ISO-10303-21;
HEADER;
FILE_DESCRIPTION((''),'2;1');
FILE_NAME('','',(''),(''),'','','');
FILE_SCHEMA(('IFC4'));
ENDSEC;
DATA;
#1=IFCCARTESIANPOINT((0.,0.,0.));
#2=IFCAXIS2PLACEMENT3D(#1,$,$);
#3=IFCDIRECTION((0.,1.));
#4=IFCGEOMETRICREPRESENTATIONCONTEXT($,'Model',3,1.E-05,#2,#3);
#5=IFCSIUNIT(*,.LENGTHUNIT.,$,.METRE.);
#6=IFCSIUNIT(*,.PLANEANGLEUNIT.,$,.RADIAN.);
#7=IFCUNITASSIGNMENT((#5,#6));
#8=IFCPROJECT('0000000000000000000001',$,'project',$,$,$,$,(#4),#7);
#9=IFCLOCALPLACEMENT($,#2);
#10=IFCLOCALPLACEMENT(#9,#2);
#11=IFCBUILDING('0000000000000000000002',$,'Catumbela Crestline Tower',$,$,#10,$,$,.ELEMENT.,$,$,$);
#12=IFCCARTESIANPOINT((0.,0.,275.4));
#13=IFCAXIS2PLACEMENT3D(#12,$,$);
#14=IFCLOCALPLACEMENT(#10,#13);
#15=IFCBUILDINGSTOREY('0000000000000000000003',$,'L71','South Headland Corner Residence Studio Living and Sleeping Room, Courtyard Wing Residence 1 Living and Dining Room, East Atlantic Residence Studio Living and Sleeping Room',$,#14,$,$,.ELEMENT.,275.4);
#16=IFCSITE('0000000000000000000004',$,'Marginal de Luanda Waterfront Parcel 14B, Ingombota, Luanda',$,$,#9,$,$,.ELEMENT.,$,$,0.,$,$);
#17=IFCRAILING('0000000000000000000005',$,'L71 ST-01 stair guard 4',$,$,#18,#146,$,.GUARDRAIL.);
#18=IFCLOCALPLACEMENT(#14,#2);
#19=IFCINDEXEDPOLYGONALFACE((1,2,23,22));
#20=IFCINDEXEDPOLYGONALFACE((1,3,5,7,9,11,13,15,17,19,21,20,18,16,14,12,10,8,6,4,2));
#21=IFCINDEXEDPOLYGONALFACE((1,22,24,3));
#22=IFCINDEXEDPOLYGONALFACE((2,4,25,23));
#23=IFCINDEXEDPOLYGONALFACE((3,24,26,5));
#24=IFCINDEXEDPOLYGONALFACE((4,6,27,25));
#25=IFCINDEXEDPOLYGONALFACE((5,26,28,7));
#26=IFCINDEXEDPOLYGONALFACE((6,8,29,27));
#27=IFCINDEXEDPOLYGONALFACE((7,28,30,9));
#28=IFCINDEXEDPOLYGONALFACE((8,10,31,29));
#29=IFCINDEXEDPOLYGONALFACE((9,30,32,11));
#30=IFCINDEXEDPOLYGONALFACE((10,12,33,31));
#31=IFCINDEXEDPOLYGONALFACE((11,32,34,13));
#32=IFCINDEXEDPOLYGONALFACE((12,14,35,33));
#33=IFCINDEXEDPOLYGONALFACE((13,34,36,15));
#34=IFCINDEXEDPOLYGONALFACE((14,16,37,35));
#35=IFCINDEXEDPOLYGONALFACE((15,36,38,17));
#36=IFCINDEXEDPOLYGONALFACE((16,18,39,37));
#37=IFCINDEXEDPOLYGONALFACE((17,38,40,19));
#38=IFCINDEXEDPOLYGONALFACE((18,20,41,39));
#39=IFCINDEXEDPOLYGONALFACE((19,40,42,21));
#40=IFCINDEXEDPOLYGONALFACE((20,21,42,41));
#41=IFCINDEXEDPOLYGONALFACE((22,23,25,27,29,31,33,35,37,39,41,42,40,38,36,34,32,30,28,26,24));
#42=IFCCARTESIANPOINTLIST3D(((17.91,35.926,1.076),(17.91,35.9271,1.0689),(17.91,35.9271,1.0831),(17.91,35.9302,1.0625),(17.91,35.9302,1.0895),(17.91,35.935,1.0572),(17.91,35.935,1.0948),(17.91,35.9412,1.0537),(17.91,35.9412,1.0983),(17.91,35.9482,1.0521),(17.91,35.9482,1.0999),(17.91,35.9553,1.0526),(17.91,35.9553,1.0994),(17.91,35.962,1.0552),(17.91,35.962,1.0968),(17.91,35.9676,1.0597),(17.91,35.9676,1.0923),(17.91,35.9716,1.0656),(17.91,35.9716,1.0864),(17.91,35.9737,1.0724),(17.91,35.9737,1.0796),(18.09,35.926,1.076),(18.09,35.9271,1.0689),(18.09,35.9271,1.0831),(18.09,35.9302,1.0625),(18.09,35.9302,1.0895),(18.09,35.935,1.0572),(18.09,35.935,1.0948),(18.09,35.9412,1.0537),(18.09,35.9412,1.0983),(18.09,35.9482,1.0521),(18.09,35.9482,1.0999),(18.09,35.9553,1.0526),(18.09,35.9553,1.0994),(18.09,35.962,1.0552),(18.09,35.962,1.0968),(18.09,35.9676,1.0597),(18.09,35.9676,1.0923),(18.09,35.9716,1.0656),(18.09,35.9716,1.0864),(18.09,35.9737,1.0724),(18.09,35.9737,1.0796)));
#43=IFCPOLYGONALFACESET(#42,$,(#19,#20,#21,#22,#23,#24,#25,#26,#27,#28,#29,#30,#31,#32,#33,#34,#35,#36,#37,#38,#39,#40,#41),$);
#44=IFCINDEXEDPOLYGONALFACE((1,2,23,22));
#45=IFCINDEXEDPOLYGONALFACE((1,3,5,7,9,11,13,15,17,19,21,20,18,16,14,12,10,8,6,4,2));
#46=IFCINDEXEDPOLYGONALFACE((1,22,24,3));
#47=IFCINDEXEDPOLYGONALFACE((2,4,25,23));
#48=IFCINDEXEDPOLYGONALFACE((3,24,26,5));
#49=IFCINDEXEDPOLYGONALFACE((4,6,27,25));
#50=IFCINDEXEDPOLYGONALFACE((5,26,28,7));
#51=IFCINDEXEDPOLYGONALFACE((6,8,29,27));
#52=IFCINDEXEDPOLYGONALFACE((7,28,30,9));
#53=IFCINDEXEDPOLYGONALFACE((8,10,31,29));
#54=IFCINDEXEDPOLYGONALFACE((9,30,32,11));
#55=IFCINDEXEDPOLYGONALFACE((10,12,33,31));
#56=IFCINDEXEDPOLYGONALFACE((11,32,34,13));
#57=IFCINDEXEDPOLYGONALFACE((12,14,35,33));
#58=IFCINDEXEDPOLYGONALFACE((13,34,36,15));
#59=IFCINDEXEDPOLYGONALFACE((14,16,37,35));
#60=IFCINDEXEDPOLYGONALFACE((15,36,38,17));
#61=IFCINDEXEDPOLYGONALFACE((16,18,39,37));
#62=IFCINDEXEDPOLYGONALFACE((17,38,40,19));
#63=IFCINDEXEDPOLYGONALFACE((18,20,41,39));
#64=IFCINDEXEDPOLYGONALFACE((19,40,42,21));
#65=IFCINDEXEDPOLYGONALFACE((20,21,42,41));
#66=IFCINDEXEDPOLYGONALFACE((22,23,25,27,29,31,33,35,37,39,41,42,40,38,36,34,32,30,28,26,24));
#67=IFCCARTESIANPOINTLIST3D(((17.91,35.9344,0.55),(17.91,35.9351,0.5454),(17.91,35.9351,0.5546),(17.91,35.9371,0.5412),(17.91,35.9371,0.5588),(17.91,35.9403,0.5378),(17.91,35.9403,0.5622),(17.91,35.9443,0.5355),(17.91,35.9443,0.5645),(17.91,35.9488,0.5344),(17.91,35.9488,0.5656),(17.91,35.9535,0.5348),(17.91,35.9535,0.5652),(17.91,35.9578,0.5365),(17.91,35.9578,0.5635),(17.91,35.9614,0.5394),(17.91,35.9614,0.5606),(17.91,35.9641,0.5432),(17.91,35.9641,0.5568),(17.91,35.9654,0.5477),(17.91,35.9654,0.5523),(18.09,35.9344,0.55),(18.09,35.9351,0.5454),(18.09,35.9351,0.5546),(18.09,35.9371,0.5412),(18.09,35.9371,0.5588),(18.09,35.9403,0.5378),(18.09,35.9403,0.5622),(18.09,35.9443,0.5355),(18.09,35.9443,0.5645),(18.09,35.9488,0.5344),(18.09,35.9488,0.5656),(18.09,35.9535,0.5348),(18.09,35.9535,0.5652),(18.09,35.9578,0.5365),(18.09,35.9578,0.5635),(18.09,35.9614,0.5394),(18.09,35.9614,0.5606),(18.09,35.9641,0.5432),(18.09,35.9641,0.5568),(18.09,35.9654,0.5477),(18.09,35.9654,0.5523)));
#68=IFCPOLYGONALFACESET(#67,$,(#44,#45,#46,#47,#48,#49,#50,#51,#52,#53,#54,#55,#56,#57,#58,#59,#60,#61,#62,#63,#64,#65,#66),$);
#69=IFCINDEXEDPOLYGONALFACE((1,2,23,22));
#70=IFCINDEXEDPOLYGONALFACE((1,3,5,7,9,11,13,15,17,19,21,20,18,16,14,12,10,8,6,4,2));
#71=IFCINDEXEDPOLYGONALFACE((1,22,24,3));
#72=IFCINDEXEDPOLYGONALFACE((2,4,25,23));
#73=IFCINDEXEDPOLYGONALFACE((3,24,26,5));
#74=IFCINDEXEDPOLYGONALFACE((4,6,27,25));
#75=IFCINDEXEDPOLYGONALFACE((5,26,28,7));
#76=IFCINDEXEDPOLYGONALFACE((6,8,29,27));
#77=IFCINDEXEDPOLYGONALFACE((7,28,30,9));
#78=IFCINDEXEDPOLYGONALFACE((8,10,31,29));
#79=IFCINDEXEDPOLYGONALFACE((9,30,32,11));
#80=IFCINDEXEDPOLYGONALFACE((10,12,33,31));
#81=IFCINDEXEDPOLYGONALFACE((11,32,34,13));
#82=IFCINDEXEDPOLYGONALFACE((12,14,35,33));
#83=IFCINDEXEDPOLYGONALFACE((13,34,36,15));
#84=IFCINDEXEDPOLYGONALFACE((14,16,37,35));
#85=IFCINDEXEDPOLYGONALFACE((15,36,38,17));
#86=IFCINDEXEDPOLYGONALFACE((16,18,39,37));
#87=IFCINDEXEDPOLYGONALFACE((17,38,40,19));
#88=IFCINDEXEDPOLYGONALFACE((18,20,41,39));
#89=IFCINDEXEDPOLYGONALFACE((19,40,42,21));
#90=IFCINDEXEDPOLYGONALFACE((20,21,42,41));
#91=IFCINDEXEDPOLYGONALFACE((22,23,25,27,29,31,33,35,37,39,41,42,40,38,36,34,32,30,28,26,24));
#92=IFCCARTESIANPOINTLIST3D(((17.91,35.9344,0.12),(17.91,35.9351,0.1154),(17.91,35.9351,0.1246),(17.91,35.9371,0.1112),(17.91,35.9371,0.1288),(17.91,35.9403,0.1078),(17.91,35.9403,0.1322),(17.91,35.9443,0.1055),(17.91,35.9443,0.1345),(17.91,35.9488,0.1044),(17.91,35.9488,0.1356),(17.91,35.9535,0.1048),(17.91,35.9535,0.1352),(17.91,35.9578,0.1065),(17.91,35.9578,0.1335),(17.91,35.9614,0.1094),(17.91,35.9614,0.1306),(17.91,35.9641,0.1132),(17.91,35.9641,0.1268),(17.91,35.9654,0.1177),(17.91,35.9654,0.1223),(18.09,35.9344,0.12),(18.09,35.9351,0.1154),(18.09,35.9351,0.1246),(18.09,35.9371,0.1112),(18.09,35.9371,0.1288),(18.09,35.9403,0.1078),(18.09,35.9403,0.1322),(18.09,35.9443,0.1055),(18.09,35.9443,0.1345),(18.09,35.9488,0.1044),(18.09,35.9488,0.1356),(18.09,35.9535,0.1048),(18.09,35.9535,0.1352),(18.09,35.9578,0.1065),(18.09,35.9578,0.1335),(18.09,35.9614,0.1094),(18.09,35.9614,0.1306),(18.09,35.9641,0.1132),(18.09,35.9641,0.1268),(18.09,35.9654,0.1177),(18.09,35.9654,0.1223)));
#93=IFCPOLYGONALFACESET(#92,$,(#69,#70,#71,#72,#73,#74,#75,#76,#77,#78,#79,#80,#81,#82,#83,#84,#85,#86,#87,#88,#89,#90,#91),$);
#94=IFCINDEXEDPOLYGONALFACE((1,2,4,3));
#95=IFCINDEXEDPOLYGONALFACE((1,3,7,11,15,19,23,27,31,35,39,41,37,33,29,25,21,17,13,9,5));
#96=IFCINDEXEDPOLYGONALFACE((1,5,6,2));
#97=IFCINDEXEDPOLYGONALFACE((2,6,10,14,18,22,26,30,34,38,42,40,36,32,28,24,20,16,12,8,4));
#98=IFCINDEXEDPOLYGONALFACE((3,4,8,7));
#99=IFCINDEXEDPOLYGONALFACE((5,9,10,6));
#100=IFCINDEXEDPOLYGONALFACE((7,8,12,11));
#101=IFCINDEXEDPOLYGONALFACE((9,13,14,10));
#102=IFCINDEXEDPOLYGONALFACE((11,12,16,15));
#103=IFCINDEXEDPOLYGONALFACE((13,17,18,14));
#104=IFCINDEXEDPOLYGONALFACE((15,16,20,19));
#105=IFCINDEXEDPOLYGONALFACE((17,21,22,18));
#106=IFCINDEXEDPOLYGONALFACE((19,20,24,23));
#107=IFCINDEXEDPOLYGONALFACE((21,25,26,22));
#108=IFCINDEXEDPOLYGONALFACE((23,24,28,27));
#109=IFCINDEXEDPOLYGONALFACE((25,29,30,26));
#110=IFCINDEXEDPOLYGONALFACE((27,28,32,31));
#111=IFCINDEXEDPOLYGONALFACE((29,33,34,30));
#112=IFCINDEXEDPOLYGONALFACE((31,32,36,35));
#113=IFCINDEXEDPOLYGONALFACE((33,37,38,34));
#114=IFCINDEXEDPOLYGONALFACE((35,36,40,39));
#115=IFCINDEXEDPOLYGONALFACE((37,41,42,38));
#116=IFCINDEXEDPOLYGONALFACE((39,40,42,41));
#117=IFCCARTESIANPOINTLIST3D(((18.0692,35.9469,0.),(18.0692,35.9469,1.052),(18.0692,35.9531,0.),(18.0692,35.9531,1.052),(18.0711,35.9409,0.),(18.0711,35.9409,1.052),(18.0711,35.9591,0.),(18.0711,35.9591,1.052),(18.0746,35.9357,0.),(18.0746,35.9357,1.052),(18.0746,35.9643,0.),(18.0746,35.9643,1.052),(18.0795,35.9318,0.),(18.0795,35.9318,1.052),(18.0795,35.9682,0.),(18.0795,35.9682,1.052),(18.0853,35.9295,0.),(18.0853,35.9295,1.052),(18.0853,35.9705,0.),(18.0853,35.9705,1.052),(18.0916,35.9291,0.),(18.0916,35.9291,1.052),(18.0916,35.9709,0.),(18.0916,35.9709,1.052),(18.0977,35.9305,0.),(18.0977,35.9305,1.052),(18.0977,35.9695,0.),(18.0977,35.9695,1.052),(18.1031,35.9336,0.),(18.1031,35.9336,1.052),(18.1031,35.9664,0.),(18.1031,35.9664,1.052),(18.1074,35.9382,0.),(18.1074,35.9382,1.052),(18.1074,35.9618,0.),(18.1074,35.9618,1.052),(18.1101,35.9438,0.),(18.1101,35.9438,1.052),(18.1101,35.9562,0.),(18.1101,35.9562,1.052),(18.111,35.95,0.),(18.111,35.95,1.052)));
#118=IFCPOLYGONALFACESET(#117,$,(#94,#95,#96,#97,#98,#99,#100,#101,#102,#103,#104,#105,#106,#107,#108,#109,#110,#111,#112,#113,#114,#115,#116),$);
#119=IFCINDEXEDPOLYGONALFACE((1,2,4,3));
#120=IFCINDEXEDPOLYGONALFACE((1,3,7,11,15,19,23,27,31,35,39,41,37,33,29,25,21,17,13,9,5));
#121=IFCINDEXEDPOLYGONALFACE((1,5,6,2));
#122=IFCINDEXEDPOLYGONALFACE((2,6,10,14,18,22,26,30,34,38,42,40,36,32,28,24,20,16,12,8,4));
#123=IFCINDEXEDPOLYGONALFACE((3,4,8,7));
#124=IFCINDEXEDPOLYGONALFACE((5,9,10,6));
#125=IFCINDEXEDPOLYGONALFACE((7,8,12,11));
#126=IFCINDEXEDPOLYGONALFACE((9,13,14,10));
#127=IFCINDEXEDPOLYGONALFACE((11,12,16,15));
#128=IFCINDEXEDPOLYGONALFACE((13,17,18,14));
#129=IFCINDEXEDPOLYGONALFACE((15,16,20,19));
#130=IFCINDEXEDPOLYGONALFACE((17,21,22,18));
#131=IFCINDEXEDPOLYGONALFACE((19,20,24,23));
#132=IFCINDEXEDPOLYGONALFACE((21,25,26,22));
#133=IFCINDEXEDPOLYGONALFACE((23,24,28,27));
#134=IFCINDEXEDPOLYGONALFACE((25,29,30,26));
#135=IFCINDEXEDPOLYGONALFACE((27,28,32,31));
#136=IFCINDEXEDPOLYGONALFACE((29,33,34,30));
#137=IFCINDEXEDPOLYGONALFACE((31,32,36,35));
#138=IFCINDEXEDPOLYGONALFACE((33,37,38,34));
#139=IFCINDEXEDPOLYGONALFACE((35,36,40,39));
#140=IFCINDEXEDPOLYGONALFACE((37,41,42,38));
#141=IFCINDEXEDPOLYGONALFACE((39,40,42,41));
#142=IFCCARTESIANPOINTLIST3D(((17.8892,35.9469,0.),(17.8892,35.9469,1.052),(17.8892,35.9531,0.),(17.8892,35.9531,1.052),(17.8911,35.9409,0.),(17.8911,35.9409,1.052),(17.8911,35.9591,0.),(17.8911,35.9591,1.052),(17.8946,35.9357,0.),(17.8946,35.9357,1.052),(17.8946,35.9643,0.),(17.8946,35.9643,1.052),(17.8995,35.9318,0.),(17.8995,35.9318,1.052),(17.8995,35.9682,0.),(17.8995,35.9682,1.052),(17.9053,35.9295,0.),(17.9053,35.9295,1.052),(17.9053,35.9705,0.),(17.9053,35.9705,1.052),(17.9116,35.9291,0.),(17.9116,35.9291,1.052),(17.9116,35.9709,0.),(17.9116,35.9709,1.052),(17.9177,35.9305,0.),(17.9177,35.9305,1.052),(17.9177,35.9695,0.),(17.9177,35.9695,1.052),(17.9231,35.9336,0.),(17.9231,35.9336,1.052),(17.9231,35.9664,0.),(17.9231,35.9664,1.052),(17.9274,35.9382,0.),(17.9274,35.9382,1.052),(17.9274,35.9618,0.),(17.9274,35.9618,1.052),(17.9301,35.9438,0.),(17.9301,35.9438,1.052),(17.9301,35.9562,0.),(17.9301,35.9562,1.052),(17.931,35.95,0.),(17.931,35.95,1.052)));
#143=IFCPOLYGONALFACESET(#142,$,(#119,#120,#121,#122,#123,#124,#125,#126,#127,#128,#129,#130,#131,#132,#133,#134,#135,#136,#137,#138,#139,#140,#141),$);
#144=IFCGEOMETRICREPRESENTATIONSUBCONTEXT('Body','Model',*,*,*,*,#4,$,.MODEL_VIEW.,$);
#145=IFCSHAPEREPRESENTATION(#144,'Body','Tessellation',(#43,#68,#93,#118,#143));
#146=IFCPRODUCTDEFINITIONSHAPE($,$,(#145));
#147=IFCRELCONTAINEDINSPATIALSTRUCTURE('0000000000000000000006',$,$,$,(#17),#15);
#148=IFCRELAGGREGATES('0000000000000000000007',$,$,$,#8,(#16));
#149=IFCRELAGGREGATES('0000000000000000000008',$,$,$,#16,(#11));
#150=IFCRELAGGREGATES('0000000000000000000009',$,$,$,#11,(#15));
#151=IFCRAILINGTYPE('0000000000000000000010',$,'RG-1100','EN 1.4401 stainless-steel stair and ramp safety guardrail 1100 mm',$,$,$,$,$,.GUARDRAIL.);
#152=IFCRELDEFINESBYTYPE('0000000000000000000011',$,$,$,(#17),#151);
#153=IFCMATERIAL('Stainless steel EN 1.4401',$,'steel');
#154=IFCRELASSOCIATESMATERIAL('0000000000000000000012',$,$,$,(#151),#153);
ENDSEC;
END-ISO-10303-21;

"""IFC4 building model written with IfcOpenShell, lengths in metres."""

from ifc_helpers import new_model, si_unit, direction, frame, origin, origin_2d, place, context, subcontext, project, spatial, circle, extrude, material, type_object, element, save


model = new_model("IFC4")

# Units and contexts
model_context = context("Model", 3, precision=1e-05, world=origin(), true_north=direction((0.0, 1.0)))
body_context = subcontext(model_context, "Body", "Model", "MODEL_VIEW")
ifc_project = project(units=[si_unit("LENGTHUNIT", "METRE"), si_unit("PLANEANGLEUNIT", "RADIAN")], contexts=[model_context])

# Site, building, storey
site_placement = place(None, origin())
site = spatial("IfcSite", under=ifc_project, at=site_placement, Name="Marginal de Luanda Waterfront Parcel 14B, Ingombota, Luanda", CompositionType="ELEMENT", RefElevation=0.0)
building_placement = place(site_placement, origin())
building = spatial("IfcBuilding", under=site, at=building_placement, Name="Catumbela Crestline Tower", CompositionType="ELEMENT")
storey_placement = place(building_placement, frame((0.0, 0.0, 275.4)))
storey = spatial("IfcBuildingStorey", under=building, at=storey_placement, Name="L71", Description="South Headland Corner Residence Studio Living and Sleeping Room, Courtyard Wing Residence 1 Living and Dining Room, East Atlantic Residence Studio Living and Sleeping Room", CompositionType="ELEMENT", Elevation=275.4)

# Shared definitions
ifc_material_1 = material(Name="Stainless steel EN 1.4401", Category="steel")

# Railing
railing_type_1 = type_object("IfcRailingType", Name="RG-1100", Description="EN 1.4401 stainless-steel stair and ramp safety guardrail 1100 mm", PredefinedType="GUARDRAIL", material=ifc_material_1)
railing_1_placement = place(storey_placement, frame((18.09, 35.95, 0.0)))
element("IfcRailing", 1, at=railing_1_placement, inside=storey, type_object=railing_type_1, Name="L71 ST-01 stair guard 4", PredefinedType="GUARDRAIL", context=body_context, shape_type="SweptSolid", body=[
    extrude(circle(Radius=0.024, at=origin_2d()), frame((0.0, 0.0, 1.076), z_axis=(-1.0, 0.0, 0.0), x_axis=(0.0, -1.0, 0.0)), (0.0, 0.0, 1.0), 0.18),
    extrude(circle(Radius=0.0156, at=origin_2d()), frame((0.0, 0.0, 0.55), z_axis=(-1.0, 0.0, 0.0), x_axis=(0.0, -1.0, 0.0)), (0.0, 0.0, 1.0), 0.18),
    extrude(circle(Radius=0.0156, at=origin_2d()), frame((0.0, 0.0, 0.12), z_axis=(-1.0, 0.0, 0.0), x_axis=(0.0, -1.0, 0.0)), (0.0, 0.0, 1.0), 0.18),
    extrude(circle(Radius=0.021, at=origin_2d()), origin(), (0.0, 0.0, 1.0), 1.052),
    extrude(circle(Radius=0.021, at=origin_2d()), frame((-0.18, 0.0, 0.0)), (0.0, 0.0, 1.0), 1.052),
])

save(model, "model.ifc")
